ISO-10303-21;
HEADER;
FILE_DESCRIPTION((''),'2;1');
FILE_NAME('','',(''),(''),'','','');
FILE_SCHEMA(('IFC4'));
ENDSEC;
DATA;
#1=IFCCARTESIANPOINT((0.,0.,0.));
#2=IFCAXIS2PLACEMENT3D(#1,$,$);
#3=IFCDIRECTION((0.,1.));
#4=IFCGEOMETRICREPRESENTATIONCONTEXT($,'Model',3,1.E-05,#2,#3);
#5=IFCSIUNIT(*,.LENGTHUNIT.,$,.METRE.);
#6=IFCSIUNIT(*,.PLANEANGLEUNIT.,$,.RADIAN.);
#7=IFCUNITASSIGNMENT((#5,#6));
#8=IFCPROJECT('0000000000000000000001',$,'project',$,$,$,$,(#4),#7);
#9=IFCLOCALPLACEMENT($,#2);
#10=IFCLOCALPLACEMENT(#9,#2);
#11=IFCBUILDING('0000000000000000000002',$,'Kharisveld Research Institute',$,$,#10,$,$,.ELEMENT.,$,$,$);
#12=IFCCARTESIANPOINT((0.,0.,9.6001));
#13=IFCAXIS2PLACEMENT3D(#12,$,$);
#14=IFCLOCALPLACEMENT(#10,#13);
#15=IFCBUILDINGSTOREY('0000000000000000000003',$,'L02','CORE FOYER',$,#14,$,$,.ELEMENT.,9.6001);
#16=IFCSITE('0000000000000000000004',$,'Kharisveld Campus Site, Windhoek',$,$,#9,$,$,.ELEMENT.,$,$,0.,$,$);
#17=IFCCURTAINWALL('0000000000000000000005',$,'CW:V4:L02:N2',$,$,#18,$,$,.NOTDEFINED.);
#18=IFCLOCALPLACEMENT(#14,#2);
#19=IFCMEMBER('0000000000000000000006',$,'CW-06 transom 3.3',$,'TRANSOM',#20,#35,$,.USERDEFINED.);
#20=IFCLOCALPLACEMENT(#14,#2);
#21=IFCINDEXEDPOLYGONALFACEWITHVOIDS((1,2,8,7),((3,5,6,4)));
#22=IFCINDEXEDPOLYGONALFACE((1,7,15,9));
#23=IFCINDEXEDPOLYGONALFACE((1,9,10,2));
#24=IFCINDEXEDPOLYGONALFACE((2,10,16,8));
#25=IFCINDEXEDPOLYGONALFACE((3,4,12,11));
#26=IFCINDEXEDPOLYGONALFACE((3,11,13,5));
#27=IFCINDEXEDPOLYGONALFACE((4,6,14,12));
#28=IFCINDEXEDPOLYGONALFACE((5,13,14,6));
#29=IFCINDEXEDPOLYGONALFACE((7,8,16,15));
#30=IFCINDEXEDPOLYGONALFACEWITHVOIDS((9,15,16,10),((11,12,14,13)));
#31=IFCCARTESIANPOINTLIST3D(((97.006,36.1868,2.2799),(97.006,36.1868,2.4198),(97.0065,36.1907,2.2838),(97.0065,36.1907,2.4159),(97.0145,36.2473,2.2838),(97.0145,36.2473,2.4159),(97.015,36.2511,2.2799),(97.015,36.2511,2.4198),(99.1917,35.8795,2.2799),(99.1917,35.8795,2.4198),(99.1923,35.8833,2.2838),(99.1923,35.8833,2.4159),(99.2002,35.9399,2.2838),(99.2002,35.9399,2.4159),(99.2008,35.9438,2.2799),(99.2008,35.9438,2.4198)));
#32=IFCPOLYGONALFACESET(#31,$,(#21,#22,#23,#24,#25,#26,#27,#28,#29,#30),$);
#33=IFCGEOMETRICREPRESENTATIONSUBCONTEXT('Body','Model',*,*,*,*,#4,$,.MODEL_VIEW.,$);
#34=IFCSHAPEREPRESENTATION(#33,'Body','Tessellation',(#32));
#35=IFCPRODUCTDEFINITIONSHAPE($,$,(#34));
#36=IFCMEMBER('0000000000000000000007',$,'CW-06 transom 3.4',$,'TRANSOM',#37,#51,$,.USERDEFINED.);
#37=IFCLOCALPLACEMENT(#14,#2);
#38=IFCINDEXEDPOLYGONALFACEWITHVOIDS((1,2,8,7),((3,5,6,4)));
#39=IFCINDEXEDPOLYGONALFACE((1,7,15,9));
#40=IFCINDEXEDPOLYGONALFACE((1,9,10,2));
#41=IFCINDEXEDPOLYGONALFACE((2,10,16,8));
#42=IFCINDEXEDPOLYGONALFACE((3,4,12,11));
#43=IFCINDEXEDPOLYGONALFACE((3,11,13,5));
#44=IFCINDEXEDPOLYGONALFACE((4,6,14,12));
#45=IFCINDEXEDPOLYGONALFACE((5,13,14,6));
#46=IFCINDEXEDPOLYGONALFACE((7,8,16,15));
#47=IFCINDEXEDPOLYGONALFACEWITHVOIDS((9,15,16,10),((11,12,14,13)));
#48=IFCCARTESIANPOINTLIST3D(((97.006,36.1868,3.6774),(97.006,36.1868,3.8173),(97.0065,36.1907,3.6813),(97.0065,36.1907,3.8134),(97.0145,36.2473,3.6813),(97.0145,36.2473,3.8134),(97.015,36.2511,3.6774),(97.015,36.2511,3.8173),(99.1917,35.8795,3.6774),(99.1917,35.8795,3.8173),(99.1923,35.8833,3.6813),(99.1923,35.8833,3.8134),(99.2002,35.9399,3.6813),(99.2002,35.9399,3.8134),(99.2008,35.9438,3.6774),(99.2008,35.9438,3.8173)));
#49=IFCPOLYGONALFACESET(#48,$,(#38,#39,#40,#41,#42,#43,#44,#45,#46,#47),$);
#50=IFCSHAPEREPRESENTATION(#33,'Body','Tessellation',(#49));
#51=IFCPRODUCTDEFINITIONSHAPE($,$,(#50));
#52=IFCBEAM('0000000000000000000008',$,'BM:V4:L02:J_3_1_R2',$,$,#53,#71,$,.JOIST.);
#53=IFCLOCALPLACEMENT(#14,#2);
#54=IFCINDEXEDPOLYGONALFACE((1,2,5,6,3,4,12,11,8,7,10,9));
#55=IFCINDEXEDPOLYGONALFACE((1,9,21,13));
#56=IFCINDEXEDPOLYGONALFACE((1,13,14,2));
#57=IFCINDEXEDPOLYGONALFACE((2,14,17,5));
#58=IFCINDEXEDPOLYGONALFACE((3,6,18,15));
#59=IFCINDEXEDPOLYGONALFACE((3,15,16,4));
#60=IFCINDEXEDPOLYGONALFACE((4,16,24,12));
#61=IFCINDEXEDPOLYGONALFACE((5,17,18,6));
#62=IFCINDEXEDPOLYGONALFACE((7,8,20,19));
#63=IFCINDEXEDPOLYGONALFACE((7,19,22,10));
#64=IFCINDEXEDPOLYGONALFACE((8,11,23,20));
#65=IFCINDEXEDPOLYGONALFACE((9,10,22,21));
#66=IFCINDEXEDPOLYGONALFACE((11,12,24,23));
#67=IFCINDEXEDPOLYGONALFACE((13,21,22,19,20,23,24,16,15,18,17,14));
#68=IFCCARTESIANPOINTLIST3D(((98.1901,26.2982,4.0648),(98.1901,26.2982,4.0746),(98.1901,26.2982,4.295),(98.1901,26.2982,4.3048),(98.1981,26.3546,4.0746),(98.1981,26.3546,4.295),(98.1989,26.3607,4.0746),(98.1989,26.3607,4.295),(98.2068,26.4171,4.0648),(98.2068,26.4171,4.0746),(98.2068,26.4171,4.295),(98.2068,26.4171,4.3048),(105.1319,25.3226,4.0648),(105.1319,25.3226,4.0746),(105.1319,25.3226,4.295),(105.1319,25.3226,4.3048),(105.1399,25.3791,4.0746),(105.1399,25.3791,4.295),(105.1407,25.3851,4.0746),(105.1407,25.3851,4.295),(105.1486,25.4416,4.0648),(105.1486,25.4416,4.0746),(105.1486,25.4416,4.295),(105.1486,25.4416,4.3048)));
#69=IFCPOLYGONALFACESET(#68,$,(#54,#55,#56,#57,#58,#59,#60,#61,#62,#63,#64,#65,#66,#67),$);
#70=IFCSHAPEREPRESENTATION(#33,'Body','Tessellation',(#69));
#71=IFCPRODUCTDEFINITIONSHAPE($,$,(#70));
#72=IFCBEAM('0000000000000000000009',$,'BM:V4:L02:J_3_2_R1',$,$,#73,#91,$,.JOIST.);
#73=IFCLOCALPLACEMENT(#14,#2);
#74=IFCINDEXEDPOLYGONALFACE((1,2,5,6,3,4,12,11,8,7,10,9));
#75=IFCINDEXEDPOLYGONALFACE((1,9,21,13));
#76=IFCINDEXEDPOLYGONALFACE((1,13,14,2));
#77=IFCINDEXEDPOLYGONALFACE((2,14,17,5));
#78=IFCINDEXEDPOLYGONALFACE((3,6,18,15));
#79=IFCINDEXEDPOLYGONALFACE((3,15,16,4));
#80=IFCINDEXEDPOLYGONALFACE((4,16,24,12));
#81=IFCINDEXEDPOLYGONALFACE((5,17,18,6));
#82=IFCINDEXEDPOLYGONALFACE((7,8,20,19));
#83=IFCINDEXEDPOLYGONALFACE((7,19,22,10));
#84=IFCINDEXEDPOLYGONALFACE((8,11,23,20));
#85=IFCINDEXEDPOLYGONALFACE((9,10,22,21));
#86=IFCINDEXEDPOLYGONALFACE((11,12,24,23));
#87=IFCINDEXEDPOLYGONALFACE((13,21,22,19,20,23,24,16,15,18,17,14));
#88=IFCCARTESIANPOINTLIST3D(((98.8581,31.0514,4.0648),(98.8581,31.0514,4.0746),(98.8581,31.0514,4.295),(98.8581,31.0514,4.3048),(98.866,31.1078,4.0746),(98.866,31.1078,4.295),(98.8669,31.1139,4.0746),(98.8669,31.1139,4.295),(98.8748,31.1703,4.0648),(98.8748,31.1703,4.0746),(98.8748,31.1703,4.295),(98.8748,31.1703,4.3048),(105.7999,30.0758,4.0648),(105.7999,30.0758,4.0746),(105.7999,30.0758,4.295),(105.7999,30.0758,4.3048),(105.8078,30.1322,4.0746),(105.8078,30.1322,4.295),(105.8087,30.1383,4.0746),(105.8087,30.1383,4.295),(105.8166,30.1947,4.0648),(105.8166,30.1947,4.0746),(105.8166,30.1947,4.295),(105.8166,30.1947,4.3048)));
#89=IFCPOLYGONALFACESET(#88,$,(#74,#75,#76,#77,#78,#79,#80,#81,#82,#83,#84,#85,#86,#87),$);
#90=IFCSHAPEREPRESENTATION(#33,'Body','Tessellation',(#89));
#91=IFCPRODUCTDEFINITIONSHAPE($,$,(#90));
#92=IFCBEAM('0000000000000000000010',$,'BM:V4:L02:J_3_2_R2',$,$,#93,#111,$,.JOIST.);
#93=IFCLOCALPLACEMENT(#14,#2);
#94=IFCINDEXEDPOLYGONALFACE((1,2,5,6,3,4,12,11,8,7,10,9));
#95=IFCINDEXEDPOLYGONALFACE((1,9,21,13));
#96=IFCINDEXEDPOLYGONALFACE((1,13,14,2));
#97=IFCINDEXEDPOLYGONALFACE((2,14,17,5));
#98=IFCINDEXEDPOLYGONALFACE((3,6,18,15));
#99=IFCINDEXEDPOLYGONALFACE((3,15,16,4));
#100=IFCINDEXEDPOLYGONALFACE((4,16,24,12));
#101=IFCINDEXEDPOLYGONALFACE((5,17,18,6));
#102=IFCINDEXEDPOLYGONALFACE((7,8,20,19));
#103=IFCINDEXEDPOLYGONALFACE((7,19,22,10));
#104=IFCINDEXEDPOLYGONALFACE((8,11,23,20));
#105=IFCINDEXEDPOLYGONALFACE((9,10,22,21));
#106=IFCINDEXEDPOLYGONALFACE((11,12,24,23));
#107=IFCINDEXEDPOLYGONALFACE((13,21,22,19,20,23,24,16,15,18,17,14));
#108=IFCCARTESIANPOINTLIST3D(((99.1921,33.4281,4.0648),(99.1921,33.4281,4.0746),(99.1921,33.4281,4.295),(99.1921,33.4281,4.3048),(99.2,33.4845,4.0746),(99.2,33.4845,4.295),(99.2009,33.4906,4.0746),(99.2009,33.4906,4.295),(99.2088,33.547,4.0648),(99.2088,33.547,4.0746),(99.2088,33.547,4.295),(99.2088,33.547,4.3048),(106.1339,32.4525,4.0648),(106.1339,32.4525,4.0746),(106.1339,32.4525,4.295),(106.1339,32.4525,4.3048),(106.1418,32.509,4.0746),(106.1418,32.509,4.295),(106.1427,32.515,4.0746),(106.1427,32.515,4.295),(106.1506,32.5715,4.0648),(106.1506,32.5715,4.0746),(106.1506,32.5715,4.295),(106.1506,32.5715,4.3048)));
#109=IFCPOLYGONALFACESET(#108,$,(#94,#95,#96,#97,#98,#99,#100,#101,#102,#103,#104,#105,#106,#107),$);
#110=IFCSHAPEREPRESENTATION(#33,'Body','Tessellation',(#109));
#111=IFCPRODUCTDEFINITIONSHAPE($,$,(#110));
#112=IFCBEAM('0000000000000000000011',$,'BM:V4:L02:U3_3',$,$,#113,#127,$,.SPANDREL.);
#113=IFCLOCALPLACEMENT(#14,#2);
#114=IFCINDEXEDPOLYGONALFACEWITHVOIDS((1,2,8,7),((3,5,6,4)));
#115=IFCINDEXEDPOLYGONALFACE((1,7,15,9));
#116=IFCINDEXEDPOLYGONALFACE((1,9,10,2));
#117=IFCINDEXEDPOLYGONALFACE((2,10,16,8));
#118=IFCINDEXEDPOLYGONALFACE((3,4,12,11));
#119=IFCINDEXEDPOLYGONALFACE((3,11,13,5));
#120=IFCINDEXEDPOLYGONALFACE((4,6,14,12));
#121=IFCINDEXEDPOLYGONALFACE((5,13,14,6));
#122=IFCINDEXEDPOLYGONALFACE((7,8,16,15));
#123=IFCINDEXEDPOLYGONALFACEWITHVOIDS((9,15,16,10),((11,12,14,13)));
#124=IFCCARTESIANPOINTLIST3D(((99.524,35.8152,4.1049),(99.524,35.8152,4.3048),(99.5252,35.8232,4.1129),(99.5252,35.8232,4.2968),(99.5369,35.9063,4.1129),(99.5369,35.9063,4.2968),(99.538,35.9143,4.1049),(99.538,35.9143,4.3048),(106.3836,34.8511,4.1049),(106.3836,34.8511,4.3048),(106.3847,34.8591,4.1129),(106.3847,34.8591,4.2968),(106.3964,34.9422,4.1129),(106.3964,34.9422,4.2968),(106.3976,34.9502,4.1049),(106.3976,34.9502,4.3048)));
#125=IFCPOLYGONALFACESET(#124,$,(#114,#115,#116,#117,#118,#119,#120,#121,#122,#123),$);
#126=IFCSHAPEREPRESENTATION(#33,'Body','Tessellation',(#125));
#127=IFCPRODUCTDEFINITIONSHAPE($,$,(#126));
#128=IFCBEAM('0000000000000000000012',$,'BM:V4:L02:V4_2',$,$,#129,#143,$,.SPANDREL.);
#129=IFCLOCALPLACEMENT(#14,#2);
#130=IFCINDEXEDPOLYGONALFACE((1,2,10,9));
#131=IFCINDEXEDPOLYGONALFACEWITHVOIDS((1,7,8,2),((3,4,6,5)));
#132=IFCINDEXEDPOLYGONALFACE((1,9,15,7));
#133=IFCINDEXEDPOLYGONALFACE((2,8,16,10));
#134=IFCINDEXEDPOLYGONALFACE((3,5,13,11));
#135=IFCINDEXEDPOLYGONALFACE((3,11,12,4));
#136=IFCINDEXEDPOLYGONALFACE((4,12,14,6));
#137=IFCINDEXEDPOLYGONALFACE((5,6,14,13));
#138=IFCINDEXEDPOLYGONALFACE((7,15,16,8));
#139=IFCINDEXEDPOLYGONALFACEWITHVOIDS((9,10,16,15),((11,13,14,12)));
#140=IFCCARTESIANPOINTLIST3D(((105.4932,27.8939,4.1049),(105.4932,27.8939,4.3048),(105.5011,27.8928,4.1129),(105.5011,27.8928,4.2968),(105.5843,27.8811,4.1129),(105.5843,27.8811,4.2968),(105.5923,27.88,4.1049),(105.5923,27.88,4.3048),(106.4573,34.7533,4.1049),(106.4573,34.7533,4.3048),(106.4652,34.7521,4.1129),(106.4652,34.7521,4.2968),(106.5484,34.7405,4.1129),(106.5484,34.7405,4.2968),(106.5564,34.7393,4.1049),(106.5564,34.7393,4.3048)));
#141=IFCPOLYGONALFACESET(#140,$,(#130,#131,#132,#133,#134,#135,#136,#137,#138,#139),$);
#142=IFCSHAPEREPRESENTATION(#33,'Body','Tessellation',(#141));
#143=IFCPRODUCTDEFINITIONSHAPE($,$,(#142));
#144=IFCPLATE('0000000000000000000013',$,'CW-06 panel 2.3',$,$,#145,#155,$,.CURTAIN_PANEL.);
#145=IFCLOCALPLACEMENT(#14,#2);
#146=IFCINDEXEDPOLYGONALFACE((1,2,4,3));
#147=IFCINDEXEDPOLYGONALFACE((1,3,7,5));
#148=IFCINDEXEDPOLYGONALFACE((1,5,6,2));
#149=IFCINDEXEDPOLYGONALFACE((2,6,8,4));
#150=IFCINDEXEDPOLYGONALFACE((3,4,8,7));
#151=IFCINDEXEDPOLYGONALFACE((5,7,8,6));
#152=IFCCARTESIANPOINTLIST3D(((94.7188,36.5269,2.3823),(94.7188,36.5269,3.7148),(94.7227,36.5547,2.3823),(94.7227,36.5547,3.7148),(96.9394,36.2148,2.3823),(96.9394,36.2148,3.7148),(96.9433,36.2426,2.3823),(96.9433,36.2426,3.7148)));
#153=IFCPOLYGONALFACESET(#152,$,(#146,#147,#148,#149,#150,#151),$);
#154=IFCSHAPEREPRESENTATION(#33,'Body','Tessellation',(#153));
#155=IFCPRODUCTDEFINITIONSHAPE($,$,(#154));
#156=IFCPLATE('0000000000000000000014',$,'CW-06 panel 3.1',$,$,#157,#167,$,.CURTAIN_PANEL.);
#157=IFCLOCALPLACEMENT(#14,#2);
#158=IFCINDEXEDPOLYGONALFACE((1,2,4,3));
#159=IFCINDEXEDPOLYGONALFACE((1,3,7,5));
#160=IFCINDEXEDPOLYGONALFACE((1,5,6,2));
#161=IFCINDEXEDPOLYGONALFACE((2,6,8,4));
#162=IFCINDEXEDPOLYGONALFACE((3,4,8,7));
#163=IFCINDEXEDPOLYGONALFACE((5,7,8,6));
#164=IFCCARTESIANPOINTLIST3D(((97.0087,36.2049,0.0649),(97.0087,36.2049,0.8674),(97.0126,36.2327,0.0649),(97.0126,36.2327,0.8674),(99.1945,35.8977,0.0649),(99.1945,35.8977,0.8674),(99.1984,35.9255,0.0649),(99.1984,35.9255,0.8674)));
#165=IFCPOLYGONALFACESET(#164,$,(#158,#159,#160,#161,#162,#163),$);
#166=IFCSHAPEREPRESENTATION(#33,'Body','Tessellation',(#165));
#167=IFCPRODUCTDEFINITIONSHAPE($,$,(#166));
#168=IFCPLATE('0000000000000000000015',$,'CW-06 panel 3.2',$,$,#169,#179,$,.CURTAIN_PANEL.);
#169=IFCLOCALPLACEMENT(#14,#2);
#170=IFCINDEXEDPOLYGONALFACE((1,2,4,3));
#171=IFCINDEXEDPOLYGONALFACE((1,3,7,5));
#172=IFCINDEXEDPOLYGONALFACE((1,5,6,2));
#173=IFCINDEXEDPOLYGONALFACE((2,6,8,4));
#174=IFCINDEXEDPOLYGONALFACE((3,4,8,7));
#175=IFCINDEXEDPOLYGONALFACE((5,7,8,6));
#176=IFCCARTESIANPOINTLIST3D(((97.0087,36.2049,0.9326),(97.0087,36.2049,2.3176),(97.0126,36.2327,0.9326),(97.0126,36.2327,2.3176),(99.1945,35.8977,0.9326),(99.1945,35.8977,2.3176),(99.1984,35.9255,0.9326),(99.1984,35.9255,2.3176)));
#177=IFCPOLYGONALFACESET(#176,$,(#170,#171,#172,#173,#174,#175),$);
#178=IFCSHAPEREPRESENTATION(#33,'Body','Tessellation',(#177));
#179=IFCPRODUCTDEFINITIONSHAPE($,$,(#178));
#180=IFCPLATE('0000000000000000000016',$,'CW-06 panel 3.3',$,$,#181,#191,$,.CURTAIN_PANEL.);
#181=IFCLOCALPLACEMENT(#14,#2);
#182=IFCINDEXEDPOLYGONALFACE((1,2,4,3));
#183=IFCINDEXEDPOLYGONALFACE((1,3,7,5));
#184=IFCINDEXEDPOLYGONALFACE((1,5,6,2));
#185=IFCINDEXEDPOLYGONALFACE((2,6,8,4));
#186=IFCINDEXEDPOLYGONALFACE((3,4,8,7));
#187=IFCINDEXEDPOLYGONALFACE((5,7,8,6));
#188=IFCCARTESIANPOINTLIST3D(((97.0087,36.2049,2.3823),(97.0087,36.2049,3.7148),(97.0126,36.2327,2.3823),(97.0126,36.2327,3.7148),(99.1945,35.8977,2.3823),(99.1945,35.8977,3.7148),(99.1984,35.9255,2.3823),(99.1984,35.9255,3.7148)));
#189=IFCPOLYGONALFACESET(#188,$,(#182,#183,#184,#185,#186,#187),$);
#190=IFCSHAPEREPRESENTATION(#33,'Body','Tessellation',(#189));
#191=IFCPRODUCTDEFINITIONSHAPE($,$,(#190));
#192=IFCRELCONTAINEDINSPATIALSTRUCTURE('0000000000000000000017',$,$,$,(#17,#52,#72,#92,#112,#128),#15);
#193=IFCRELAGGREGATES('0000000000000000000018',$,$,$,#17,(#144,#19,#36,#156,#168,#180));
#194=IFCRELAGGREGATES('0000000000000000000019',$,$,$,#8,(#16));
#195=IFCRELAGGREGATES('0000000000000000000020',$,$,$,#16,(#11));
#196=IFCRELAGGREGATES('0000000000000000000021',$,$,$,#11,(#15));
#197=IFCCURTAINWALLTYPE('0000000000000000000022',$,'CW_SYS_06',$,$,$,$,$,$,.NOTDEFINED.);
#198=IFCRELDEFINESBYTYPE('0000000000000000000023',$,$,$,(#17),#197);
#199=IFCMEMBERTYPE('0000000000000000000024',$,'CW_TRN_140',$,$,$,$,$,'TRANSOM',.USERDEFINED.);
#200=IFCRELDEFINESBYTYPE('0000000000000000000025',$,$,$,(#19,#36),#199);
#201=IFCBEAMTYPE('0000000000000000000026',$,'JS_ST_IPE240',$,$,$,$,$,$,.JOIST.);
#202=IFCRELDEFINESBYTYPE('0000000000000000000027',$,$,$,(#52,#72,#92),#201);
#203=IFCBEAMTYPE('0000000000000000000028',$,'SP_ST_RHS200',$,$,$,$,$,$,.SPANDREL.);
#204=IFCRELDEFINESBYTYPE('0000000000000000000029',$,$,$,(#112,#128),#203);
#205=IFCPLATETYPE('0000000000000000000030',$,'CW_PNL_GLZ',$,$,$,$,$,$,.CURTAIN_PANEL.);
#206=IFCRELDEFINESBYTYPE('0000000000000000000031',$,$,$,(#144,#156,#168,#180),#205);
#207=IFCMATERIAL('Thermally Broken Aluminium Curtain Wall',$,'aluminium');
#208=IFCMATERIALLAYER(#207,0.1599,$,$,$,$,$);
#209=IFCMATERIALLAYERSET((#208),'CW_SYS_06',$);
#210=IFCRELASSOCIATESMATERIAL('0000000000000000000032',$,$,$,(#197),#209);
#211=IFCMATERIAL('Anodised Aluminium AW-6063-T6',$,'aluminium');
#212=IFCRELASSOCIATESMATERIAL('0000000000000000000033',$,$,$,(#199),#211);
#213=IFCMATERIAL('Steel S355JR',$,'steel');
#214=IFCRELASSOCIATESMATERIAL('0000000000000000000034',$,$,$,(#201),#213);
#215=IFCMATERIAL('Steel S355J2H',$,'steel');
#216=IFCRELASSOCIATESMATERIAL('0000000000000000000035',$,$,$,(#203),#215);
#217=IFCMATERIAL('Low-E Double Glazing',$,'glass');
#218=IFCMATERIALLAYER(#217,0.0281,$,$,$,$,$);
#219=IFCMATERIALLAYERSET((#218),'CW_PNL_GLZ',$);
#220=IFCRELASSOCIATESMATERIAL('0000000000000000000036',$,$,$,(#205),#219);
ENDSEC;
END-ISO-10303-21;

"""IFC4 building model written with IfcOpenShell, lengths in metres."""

from ifc_helpers import new_model, si_unit, direction, frame, origin, origin_2d, place, context, subcontext, project, spatial, rectangle, hollow_rectangle, i_section, extrude, material, layer, layer_set, material_profile, profile_set, type_object, element, aggregate, save


model = new_model("IFC4")

# Units and contexts
model_context = context("Model", 3, precision=1e-05, world=origin(), true_north=direction((0.0, 1.0)))
body_context = subcontext(model_context, "Body", "Model", "MODEL_VIEW")
ifc_project = project(units=[si_unit("LENGTHUNIT", "METRE"), si_unit("PLANEANGLEUNIT", "RADIAN")], contexts=[model_context])

# Site, building, storey
site_placement = place(None, origin())
site = spatial("IfcSite", under=ifc_project, at=site_placement, Name="Kharisveld Campus Site, Windhoek", CompositionType="ELEMENT", RefElevation=0.0)
building_placement = place(site_placement, origin())
building = spatial("IfcBuilding", under=site, at=building_placement, Name="Kharisveld Research Institute", CompositionType="ELEMENT")
storey_placement = place(building_placement, frame((0.0, 0.0, 9.6001)))
storey = spatial("IfcBuildingStorey", under=building, at=storey_placement, Name="L02", Description="CORE FOYER", CompositionType="ELEMENT", Elevation=9.6001)

# Curtain wall, members
ifc_material_1 = material(Name="Thermally Broken Aluminium Curtain Wall", Category="aluminium")
ifc_layer_1 = layer(ifc_material_1, 0.1599)
ifc_layer_set_1 = layer_set([ifc_layer_1], Name="CW_SYS_06")
curtain_wall_type = type_object("IfcCurtainWallType", Name="CW_SYS_06", PredefinedType="NOTDEFINED", material=ifc_layer_set_1)
curtain_wall_placement = place(storey_placement, origin())
curtain_wall = element("IfcCurtainWall", 1, at=curtain_wall_placement, inside=storey, type_object=curtain_wall_type, Name="CW:V4:L02:N2", PredefinedType="NOTDEFINED")
ifc_material_2 = material(Name="Anodised Aluminium AW-6063-T6", Category="aluminium")
ifc_material_profile_1 = material_profile(ifc_material_2, hollow_rectangle(XDim=0.0649, YDim=0.1399, WallThickness=0.0039, at=origin_2d()))
ifc_profile_set_1 = profile_set([ifc_material_profile_1], Name="Anodised Aluminium AW-6063-T6")
member_type_1 = type_object("IfcMemberType", Name="CW_TRN_140", ElementType="TRANSOM", PredefinedType="USERDEFINED", material=ifc_profile_set_1)
member_1_placement = place(storey_placement, frame((97.0105, 36.219, 2.3499), z_axis=(0.990257, -0.139253, 0.0), x_axis=(0.139253, 0.990257, 0.0)))
member_1 = element("IfcMember", 2, at=member_1_placement, type_object=member_type_1, Name="CW-06 transom 3.3", ObjectType="TRANSOM", PredefinedType="USERDEFINED", context=body_context, shape_type="SweptSolid", body=[
    extrude(hollow_rectangle(XDim=0.0649, YDim=0.1399, WallThickness=0.0039, at=origin_2d()), origin(), (0.0, 0.0, 1.0), 2.2073),
])
member_2_placement = place(storey_placement, frame((97.0105, 36.219, 3.7473), z_axis=(0.990257, -0.139253, 0.0), x_axis=(0.139253, 0.990257, 0.0)))
member_2 = element("IfcMember", 3, at=member_2_placement, type_object=member_type_1, Name="CW-06 transom 3.4", ObjectType="TRANSOM", PredefinedType="USERDEFINED", context=body_context, shape_type="SweptSolid", body=[
    extrude(hollow_rectangle(XDim=0.0649, YDim=0.1399, WallThickness=0.0039, at=origin_2d()), origin(), (0.0, 0.0, 1.0), 2.2073),
])

# Beams
ifc_material_3 = material(Name="Steel S355JR", Category="steel")
ifc_material_profile_2 = material_profile(ifc_material_3, i_section(OverallWidth=0.1201, OverallDepth=0.24, WebThickness=0.0061, FlangeThickness=0.0098, at=origin_2d()))
ifc_profile_set_2 = profile_set([ifc_material_profile_2], Name="Steel S355JR")
beam_type_1 = type_object("IfcBeamType", Name="JS_ST_IPE240", PredefinedType="JOIST", material=ifc_profile_set_2)
for number, where, z_axis, x_axis, name in (
    (4, (98.1985, 26.3577, 4.1848), (0.990269, -0.139168, 0.0), (0.139168, 0.990269, 0.0), "BM:V4:L02:J_3_1_R2"),
    (5, (98.8665, 31.1108, 4.1848), (0.990269, -0.139168, 0.0), (0.139168, 0.990269, 0.0), "BM:V4:L02:J_3_2_R1"),
    (6, (99.2004, 33.4875, 4.1848), (0.990269, -0.139168, 0.0), (0.139168, 0.990269, 0.0), "BM:V4:L02:J_3_2_R2"),
):
    element("IfcBeam", number, at=place(storey_placement, frame(where, z_axis=z_axis, x_axis=x_axis)), inside=storey, type_object=beam_type_1, Name=name, PredefinedType="JOIST", context=body_context, shape_type="SweptSolid", body=[
        extrude(i_section(OverallWidth=0.1201, OverallDepth=0.24, WebThickness=0.0061, FlangeThickness=0.0098, at=origin_2d()), origin(), (0.0, 0.0, 1.0), 7.01),
    ])
ifc_material_4 = material(Name="Steel S355J2H", Category="steel")
ifc_material_profile_3 = material_profile(ifc_material_4, hollow_rectangle(XDim=0.1001, YDim=0.2, WallThickness=0.0081, at=origin_2d()))
ifc_profile_set_3 = profile_set([ifc_material_profile_3], Name="Steel S355J2H")
beam_type_2 = type_object("IfcBeamType", Name="SP_ST_RHS200", PredefinedType="SPANDREL", material=ifc_profile_set_3)
beam_1_placement = place(storey_placement, frame((99.531, 35.8647, 4.2048), z_axis=(0.990267, -0.139181, 0.0), x_axis=(0.139181, 0.990267, 0.0)))
element("IfcBeam", 7, at=beam_1_placement, inside=storey, type_object=beam_type_2, Name="BM:V4:L02:U3_3", PredefinedType="SPANDREL", context=body_context, shape_type="SweptSolid", body=[
    extrude(hollow_rectangle(XDim=0.1001, YDim=0.2, WallThickness=0.0081, at=origin_2d()), origin(), (0.0, 0.0, 1.0), 6.927),
])
beam_2_placement = place(storey_placement, frame((105.5427, 27.887, 4.2048), z_axis=(0.139186, 0.990266, 0.0), x_axis=(-0.990266, 0.139186, 0.0)))
element("IfcBeam", 8, at=beam_2_placement, inside=storey, type_object=beam_type_2, Name="BM:V4:L02:V4_2", PredefinedType="SPANDREL", context=body_context, shape_type="SweptSolid", body=[
    extrude(hollow_rectangle(XDim=0.1001, YDim=0.2, WallThickness=0.0081, at=origin_2d()), origin(), (0.0, 0.0, 1.0), 6.9268),
])

# Plates
ifc_material_5 = material(Name="Low-E Double Glazing", Category="glass")
ifc_layer_2 = layer(ifc_material_5, 0.0281)
ifc_layer_set_2 = layer_set([ifc_layer_2], Name="CW_PNL_GLZ")
plate_type_1 = type_object("IfcPlateType", Name="CW_PNL_GLZ", PredefinedType="CURTAIN_PANEL", material=ifc_layer_set_2)
plate_1_placement = place(storey_placement, frame((95.8311, 36.3848, 2.3823), z_axis=(0.0, 0.0, 1.0), x_axis=(0.990268, -0.139173, 0.0)))
plate_1 = element("IfcPlate", 9, at=plate_1_placement, type_object=plate_type_1, Name="CW-06 panel 2.3", PredefinedType="CURTAIN_PANEL", context=body_context, shape_type="SweptSolid", body=[
    extrude(rectangle(XDim=2.2424, YDim=0.0281, at=origin_2d()), origin(), (0.0, 0.0, 1.0), 1.3325),
])
plate_2_placement = place(storey_placement, frame((98.1035, 36.0652, 0.0649), z_axis=(0.0, 0.0, 1.0), x_axis=(0.990268, -0.139173, 0.0)))
plate_2 = element("IfcPlate", 10, at=plate_2_placement, type_object=plate_type_1, Name="CW-06 panel 3.1", PredefinedType="CURTAIN_PANEL", context=body_context, shape_type="SweptSolid", body=[
    extrude(rectangle(XDim=2.2073, YDim=0.0281, at=origin_2d()), origin(), (0.0, 0.0, 1.0), 0.8025),
])
plate_3_placement = place(storey_placement, frame((98.1035, 36.0652, 0.9326), z_axis=(0.0, 0.0, 1.0), x_axis=(0.990268, -0.139173, 0.0)))
plate_3 = element("IfcPlate", 11, at=plate_3_placement, type_object=plate_type_1, Name="CW-06 panel 3.2", PredefinedType="CURTAIN_PANEL", context=body_context, shape_type="SweptSolid", body=[
    extrude(rectangle(XDim=2.2073, YDim=0.0281, at=origin_2d()), origin(), (0.0, 0.0, 1.0), 1.385),
])
plate_4_placement = place(storey_placement, frame((98.1035, 36.0652, 2.3823), z_axis=(0.0, 0.0, 1.0), x_axis=(0.990268, -0.139173, 0.0)))
plate_4 = element("IfcPlate", 12, at=plate_4_placement, type_object=plate_type_1, Name="CW-06 panel 3.3", PredefinedType="CURTAIN_PANEL", context=body_context, shape_type="SweptSolid", body=[
    extrude(rectangle(XDim=2.2073, YDim=0.0281, at=origin_2d()), origin(), (0.0, 0.0, 1.0), 1.3325),
])
aggregate(curtain_wall, [plate_1, member_1, member_2, plate_2, plate_3, plate_4])

save(model, "model.ifc")
